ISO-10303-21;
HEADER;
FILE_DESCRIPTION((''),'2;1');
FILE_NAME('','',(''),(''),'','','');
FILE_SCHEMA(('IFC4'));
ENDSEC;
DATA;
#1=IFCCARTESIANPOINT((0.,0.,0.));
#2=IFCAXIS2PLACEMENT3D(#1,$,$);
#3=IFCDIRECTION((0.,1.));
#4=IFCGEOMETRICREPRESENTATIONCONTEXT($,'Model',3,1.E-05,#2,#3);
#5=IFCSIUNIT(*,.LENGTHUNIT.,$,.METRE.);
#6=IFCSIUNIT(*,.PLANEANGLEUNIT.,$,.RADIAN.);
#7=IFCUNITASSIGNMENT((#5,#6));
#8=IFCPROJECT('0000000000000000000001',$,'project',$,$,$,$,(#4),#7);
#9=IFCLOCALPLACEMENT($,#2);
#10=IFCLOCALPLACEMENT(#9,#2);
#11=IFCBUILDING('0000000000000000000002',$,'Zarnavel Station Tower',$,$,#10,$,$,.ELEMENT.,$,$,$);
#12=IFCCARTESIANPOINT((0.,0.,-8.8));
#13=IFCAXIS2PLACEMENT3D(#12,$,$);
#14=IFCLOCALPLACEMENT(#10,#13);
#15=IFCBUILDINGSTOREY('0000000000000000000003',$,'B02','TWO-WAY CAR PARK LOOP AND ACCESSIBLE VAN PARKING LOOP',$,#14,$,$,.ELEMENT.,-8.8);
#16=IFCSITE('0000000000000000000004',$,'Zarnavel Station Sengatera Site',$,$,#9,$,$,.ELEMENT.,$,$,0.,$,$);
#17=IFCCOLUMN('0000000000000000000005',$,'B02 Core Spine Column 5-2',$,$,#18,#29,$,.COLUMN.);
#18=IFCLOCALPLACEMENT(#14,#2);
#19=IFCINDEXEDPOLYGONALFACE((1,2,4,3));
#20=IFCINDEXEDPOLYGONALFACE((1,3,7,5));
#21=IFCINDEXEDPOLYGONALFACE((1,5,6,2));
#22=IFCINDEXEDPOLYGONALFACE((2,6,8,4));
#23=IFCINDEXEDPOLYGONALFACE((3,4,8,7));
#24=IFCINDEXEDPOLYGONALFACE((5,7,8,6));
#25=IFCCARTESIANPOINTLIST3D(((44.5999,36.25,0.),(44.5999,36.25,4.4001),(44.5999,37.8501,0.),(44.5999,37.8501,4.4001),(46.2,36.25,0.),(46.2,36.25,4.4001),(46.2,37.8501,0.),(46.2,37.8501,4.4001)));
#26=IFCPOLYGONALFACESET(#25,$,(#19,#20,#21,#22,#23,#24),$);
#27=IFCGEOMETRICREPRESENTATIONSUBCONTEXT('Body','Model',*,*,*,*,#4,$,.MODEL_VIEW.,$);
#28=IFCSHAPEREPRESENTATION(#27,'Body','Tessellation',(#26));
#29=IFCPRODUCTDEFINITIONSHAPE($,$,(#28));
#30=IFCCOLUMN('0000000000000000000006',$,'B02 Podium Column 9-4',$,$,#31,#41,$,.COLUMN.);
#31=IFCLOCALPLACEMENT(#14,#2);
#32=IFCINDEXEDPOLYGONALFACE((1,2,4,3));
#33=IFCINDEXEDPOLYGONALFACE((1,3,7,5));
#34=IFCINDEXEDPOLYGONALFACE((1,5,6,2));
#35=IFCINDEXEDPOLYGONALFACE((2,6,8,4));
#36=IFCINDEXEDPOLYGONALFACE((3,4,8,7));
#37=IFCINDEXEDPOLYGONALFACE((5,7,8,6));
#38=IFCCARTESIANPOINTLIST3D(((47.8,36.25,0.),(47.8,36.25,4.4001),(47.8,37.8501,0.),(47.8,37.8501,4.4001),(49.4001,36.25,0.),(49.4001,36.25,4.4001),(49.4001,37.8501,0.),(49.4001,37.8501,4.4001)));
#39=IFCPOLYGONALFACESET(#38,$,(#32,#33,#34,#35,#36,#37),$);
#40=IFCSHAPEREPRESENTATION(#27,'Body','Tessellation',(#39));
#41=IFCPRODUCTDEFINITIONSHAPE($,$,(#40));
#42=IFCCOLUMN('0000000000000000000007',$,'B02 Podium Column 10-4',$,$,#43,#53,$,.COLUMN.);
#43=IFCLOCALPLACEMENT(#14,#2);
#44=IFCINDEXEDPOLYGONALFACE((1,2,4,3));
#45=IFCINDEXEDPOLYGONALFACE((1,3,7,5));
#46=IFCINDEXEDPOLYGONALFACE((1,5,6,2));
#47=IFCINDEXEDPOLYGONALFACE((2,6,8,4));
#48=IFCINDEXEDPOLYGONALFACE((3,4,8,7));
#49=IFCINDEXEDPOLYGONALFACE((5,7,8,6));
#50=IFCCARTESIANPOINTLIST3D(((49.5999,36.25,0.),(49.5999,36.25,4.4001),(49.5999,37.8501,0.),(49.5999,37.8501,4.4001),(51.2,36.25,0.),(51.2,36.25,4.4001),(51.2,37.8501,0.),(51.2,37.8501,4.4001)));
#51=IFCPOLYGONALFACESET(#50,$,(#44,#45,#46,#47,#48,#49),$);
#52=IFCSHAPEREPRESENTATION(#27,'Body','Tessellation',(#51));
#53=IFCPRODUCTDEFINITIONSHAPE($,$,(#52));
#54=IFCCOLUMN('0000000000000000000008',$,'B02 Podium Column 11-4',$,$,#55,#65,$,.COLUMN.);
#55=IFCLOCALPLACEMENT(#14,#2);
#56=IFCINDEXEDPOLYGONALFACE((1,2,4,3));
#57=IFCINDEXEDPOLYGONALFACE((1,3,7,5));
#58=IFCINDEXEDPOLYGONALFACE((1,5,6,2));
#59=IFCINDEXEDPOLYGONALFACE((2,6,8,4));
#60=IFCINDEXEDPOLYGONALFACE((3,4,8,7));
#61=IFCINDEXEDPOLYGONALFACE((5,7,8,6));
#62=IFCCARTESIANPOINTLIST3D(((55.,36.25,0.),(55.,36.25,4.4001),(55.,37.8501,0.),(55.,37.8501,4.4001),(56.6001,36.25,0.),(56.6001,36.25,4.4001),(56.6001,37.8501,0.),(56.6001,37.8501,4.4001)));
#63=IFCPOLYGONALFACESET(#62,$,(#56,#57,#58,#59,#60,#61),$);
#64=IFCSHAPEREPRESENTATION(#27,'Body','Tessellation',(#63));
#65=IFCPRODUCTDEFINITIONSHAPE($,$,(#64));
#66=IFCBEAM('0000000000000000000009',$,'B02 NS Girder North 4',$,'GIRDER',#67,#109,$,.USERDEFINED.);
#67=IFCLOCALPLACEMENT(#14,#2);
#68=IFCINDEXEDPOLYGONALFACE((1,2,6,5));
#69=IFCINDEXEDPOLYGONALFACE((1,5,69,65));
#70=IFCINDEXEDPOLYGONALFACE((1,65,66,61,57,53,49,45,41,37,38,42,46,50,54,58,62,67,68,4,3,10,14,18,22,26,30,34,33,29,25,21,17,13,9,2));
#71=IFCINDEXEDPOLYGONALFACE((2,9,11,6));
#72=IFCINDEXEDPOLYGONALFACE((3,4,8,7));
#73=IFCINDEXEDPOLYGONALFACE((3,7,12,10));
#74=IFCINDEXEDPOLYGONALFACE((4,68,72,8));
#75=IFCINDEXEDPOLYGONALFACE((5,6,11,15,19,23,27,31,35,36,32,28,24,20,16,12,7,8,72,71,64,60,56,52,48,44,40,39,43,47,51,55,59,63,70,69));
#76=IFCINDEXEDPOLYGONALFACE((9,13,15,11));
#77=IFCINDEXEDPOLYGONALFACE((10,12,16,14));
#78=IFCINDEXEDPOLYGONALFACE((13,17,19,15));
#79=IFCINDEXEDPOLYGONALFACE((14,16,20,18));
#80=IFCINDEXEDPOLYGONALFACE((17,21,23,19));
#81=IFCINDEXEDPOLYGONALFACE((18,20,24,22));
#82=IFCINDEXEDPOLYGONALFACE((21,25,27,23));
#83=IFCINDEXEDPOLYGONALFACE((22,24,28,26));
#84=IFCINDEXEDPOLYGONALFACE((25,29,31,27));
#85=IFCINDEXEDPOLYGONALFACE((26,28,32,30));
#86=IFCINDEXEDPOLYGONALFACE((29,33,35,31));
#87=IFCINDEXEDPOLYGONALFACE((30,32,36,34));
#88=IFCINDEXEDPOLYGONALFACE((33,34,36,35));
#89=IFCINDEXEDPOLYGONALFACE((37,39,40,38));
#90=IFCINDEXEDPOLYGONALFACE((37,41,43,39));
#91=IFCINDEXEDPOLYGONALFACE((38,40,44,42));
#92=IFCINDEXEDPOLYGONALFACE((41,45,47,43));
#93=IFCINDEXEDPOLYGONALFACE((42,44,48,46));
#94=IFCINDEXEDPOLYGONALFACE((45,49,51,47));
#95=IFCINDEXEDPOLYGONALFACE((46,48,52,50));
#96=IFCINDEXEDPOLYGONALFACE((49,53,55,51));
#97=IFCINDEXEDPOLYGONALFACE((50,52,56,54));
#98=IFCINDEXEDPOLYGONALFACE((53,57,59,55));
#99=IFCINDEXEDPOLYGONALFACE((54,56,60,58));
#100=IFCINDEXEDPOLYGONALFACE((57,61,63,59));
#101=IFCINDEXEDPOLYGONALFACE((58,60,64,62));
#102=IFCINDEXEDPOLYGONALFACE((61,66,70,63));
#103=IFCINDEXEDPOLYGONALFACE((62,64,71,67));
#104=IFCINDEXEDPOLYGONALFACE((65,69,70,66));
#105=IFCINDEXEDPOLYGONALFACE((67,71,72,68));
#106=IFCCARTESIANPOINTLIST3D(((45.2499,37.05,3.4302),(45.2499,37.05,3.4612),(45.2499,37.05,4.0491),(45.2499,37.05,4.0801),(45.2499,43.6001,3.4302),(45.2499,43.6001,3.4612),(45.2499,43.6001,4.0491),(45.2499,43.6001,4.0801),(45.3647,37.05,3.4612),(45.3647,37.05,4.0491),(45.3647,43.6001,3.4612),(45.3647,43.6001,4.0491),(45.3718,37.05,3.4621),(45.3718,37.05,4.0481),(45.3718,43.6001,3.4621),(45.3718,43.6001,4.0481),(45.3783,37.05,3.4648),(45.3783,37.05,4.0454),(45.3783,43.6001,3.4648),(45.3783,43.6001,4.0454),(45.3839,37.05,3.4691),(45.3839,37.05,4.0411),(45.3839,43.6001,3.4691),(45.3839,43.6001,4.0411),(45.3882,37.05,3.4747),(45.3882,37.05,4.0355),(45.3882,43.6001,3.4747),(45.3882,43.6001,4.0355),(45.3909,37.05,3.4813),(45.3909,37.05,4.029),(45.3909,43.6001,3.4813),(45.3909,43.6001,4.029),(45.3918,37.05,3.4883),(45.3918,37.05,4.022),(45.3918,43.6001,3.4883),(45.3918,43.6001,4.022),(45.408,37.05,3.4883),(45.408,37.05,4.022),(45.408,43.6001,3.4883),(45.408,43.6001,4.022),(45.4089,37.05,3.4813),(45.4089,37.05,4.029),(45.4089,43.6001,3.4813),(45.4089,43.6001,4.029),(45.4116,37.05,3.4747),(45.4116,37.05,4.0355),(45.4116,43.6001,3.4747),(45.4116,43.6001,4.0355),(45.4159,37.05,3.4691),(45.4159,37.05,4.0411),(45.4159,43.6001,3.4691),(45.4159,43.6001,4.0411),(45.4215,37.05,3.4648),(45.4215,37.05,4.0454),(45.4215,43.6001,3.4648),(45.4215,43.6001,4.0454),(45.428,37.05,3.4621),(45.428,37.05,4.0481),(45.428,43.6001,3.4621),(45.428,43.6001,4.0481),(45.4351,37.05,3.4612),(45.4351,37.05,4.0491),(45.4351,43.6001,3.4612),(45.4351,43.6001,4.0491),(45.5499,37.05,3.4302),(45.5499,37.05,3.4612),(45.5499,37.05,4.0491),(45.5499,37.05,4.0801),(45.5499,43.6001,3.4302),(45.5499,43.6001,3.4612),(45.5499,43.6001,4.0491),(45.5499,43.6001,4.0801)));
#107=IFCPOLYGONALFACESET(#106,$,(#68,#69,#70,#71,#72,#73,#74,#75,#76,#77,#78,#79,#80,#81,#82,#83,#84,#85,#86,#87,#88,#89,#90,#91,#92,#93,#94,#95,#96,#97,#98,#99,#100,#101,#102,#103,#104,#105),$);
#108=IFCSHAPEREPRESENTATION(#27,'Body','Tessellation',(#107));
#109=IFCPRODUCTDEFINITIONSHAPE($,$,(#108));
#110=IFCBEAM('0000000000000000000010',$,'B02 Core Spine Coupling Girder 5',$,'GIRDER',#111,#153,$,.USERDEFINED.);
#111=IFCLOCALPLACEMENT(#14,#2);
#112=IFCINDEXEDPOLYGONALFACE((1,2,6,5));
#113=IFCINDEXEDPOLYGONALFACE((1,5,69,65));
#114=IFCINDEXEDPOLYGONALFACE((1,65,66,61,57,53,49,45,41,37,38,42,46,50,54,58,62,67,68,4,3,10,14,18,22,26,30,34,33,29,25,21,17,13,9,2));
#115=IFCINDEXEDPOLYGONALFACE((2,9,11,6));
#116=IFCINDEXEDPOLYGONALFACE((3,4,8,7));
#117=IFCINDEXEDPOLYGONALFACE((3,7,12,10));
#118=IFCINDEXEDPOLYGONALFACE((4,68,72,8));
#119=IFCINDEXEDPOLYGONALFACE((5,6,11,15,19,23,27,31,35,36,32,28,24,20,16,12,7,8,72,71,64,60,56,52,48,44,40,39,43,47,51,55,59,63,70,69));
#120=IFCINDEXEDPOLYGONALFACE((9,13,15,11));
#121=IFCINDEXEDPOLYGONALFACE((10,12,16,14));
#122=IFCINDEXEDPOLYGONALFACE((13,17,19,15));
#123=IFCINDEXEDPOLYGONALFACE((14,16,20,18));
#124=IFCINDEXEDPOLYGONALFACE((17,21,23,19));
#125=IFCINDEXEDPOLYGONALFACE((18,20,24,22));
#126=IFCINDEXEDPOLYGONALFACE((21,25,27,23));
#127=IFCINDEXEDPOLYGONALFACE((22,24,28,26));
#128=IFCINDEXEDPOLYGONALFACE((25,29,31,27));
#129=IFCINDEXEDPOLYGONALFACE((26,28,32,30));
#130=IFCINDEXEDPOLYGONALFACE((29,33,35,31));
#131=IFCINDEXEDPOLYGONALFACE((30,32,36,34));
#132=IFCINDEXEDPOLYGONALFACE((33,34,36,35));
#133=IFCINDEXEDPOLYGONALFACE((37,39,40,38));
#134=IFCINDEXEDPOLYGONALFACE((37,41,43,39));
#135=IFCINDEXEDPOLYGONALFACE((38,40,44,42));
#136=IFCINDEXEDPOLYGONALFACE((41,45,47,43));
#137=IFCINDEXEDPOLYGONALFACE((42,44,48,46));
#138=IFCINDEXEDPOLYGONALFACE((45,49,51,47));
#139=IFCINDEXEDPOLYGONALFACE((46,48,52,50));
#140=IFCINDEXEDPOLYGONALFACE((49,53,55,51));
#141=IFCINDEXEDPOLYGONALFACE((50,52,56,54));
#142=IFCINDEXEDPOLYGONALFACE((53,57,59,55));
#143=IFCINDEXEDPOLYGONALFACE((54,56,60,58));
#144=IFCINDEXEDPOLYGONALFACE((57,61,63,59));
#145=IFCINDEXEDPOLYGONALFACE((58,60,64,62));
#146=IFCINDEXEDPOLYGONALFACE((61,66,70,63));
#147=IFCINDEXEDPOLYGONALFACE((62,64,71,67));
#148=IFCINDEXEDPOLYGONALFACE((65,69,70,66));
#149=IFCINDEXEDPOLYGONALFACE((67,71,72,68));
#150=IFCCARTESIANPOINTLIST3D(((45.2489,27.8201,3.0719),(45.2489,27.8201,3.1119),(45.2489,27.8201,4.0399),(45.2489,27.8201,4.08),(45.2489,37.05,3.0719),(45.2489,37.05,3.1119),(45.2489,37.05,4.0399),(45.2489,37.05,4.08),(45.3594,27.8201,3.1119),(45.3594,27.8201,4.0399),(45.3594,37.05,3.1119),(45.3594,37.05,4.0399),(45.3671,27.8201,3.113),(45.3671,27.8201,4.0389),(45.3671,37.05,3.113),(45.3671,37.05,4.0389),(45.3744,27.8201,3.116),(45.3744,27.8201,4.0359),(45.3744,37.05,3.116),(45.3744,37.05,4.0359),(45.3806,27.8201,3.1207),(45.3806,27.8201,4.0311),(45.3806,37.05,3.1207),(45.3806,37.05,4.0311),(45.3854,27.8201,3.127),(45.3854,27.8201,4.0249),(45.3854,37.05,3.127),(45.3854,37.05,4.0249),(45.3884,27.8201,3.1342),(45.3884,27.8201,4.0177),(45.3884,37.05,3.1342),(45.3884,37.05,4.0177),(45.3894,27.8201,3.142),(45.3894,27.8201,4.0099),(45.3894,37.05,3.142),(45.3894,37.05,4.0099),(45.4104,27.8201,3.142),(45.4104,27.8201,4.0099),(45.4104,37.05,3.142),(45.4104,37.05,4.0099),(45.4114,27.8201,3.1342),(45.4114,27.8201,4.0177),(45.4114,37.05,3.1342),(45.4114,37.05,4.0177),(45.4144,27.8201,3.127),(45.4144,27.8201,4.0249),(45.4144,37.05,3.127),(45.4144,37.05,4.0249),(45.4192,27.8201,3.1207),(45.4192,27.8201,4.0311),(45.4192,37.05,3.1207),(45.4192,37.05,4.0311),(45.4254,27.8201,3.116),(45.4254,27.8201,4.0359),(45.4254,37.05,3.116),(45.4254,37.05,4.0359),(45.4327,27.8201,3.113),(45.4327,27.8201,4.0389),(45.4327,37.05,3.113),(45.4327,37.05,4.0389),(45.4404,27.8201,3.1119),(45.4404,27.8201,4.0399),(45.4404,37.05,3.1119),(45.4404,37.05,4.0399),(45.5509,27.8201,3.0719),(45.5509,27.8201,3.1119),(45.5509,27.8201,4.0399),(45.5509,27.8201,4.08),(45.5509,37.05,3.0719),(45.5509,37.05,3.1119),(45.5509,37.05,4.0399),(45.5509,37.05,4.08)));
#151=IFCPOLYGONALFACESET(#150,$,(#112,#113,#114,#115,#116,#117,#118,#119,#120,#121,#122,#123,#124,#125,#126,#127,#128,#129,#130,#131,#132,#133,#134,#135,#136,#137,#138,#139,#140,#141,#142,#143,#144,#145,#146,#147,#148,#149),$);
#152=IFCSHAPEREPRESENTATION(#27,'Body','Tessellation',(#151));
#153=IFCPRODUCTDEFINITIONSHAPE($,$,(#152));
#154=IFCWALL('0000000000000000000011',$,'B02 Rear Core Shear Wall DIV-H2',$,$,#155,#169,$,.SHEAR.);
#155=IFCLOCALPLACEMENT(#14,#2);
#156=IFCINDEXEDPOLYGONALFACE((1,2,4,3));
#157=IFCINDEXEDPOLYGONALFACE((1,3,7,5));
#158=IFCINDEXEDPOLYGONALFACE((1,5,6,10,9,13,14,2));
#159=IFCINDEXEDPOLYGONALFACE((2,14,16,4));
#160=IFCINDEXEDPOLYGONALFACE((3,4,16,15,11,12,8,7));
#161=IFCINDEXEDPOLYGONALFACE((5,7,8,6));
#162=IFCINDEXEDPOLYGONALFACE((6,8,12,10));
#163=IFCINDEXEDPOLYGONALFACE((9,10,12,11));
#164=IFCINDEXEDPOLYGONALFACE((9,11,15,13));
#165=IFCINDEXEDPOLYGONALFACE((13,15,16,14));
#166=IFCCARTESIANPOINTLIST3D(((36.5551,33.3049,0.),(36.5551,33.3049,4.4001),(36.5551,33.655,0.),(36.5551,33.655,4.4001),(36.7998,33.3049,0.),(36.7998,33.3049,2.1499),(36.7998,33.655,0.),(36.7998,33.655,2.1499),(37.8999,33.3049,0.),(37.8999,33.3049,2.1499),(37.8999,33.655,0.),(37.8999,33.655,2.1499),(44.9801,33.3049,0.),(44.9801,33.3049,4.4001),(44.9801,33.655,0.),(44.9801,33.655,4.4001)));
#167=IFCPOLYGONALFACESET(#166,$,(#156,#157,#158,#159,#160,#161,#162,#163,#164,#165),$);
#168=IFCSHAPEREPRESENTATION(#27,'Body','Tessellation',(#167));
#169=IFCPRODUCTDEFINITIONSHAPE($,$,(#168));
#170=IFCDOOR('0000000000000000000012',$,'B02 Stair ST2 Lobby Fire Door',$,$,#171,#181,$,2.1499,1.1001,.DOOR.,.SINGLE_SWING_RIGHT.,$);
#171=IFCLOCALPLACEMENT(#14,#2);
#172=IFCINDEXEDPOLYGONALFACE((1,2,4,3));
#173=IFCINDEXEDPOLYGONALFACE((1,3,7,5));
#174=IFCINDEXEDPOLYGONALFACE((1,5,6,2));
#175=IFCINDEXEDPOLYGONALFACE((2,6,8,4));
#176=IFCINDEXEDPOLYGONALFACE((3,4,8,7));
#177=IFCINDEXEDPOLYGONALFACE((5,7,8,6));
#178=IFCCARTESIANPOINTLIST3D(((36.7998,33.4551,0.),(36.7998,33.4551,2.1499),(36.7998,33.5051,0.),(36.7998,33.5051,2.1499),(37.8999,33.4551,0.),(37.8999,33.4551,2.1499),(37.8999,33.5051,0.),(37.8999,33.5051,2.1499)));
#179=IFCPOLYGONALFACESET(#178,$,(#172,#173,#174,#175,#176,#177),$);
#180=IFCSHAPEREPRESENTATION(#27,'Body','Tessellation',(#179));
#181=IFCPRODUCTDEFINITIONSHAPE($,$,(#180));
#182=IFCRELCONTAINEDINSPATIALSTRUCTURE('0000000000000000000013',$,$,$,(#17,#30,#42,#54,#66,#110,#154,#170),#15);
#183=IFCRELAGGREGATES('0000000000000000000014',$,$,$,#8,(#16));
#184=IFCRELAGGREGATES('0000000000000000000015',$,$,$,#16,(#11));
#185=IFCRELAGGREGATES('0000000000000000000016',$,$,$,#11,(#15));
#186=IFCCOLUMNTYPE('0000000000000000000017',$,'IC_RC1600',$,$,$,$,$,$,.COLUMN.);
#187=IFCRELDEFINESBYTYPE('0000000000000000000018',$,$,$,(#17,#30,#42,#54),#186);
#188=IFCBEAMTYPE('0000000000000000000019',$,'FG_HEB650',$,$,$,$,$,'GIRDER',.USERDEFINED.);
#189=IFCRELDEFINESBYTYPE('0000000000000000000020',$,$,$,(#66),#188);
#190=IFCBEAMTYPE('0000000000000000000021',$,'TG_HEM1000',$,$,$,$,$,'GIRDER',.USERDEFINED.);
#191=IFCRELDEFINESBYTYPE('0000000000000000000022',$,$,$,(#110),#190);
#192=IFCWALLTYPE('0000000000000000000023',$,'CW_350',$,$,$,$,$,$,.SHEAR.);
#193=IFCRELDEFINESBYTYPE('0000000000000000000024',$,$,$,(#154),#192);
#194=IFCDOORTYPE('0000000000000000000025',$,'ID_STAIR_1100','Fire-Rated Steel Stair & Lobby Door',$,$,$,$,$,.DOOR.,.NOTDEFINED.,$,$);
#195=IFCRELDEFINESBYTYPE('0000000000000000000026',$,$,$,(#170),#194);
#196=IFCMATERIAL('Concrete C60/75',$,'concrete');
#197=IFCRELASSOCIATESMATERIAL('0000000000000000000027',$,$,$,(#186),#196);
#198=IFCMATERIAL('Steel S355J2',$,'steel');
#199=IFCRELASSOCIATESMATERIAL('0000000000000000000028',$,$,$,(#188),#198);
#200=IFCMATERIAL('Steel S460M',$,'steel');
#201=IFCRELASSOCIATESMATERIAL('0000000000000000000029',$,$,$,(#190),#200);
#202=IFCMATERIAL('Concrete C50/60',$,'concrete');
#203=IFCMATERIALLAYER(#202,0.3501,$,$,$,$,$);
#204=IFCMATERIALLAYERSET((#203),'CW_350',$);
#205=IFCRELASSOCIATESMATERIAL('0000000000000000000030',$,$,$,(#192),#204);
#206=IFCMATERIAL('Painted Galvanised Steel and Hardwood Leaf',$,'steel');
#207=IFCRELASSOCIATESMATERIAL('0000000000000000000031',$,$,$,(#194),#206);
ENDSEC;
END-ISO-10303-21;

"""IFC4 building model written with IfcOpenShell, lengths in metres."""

from ifc_helpers import new_model, si_unit, direction, frame, frame_2d, origin, origin_2d, place, context, subcontext, project, spatial, rectangle, i_section, extrude, material, layer, layer_set, material_profile, profile_set, type_object, element, fill, save


model = new_model("IFC4")

# Units and contexts
model_context = context("Model", 3, precision=1e-05, world=origin(), true_north=direction((0.0, 1.0)))
body_context = subcontext(model_context, "Body", "Model", "MODEL_VIEW")
ifc_project = project(units=[si_unit("LENGTHUNIT", "METRE"), si_unit("PLANEANGLEUNIT", "RADIAN")], contexts=[model_context])

# Site, building, storey
site_placement = place(None, origin())
site = spatial("IfcSite", under=ifc_project, at=site_placement, Name="Zarnavel Station Sengatera Site", CompositionType="ELEMENT", RefElevation=0.0)
building_placement = place(site_placement, origin())
building = spatial("IfcBuilding", under=site, at=building_placement, Name="Zarnavel Station Tower", CompositionType="ELEMENT")
storey_placement = place(building_placement, frame((0.0, 0.0, -8.8)))
storey = spatial("IfcBuildingStorey", under=building, at=storey_placement, Name="B02", Description="TWO-WAY CAR PARK LOOP AND ACCESSIBLE VAN PARKING LOOP", CompositionType="ELEMENT", Elevation=-8.8)

# Columns
ifc_material_1 = material(Name="Concrete C60/75", Category="concrete")
ifc_material_profile_1 = material_profile(ifc_material_1, rectangle(XDim=1.6001, YDim=1.6001, at=origin_2d()), Name="RC1600x1600")
ifc_profile_set_1 = profile_set([ifc_material_profile_1], Name="Concrete C60/75")
column_type = type_object("IfcColumnType", Name="IC_RC1600", PredefinedType="COLUMN", material=ifc_profile_set_1)
for number, where, z_axis, x_axis, name in (
    (1, (45.3999, 37.05, 0.0), (0.0, 0.0, 1.0), (1.0, 0.0, 0.0), "B02 Core Spine Column 5-2"),
    (2, (48.6001, 37.05, 0.0), (0.0, 0.0, 1.0), (1.0, 0.0, 0.0), "B02 Podium Column 9-4"),
    (3, (50.3999, 37.05, 0.0), (0.0, 0.0, 1.0), (1.0, 0.0, 0.0), "B02 Podium Column 10-4"),
    (4, (55.8, 37.05, 0.0), (0.0, 0.0, 1.0), (1.0, 0.0, 0.0), "B02 Podium Column 11-4"),
):
    element("IfcColumn", number, at=place(storey_placement, frame(where, z_axis=z_axis, x_axis=x_axis)), inside=storey, type_object=column_type, Name=name, PredefinedType="COLUMN", context=body_context, shape_type="SweptSolid", body=[
        extrude(rectangle(XDim=1.6001, YDim=1.6001, at=origin_2d()), origin(), (0.0, 0.0, 1.0), 4.4001),
    ])

# Beams
ifc_material_2 = material(Name="Steel S355J2", Category="steel")
ifc_material_profile_2 = material_profile(ifc_material_2, i_section(OverallWidth=0.3, OverallDepth=0.6499, WebThickness=0.0161, FlangeThickness=0.031, FilletRadius=0.0271, at=origin_2d()), Name="HEB650")
ifc_profile_set_2 = profile_set([ifc_material_profile_2], Name="Steel S355J2")
beam_type_1 = type_object("IfcBeamType", Name="FG_HEB650", ElementType="GIRDER", PredefinedType="USERDEFINED", material=ifc_profile_set_2)
beam_1_placement = place(storey_placement, frame((45.3999, 37.05, 3.7551), z_axis=(0.0, 1.0, 0.0), x_axis=(-1.0, 0.0, 0.0)))
element("IfcBeam", 5, at=beam_1_placement, inside=storey, type_object=beam_type_1, Name="B02 NS Girder North 4", ObjectType="GIRDER", PredefinedType="USERDEFINED", context=body_context, shape_type="SweptSolid", body=[
    extrude(i_section(OverallWidth=0.3, OverallDepth=0.6499, WebThickness=0.0161, FlangeThickness=0.031, FilletRadius=0.0271, at=origin_2d()), origin(), (0.0, 0.0, 1.0), 6.55),
])
ifc_material_3 = material(Name="Steel S460M", Category="steel")
ifc_material_profile_3 = material_profile(ifc_material_3, i_section(OverallWidth=0.302, OverallDepth=1.0081, WebThickness=0.021, FlangeThickness=0.04, FilletRadius=0.03, at=origin_2d()), Name="HEM1000")
ifc_profile_set_3 = profile_set([ifc_material_profile_3], Name="Steel S460M")
beam_type_2 = type_object("IfcBeamType", Name="TG_HEM1000", ElementType="GIRDER", PredefinedType="USERDEFINED", material=ifc_profile_set_3)
beam_2_placement = place(storey_placement, frame((45.3999, 27.8201, 3.5759), z_axis=(0.0, 1.0, 0.0), x_axis=(-1.0, 0.0, 0.0)))
element("IfcBeam", 6, at=beam_2_placement, inside=storey, type_object=beam_type_2, Name="B02 Core Spine Coupling Girder 5", ObjectType="GIRDER", PredefinedType="USERDEFINED", context=body_context, shape_type="SweptSolid", body=[
    extrude(i_section(OverallWidth=0.302, OverallDepth=1.0081, WebThickness=0.021, FlangeThickness=0.04, FilletRadius=0.03, at=origin_2d()), origin(), (0.0, 0.0, 1.0), 9.23),
])

# Wall, opening, door
ifc_material_4 = material(Name="Concrete C50/60", Category="concrete")
ifc_layer_1 = layer(ifc_material_4, 0.3501)
ifc_layer_set_1 = layer_set([ifc_layer_1], Name="CW_350")
wall_type_1 = type_object("IfcWallType", Name="CW_350", PredefinedType="SHEAR", material=ifc_layer_set_1)
wall_1_placement = place(storey_placement, frame((44.98, 33.48, 0.0), z_axis=(0.0, 0.0, 1.0), x_axis=(-1.0, 0.0, 0.0)))
wall_1 = element("IfcWall", 7, at=wall_1_placement, inside=storey, type_object=wall_type_1, Name="B02 Rear Core Shear Wall DIV-H2", PredefinedType="SHEAR", context=body_context, shape_type="SweptSolid", body=[
    extrude(rectangle(XDim=8.425, YDim=0.3501, at=frame_2d((4.2124, 0.0))), origin(), (0.0, 0.0, 1.0), 4.4001),
])
opening_1_placement = place(wall_1_placement, frame((7.0801, 0.0, 0.0)))
opening_1 = element("IfcOpeningElement", 8, at=opening_1_placement, cuts=wall_1, PredefinedType="OPENING", context=body_context, shape_type="SweptSolid", body=[
    extrude(rectangle(XDim=1.1001, YDim=2.1499, at=frame_2d((0.55, 1.075))), frame((0.0, 0.1851, 0.0), z_axis=(0.0, -1.0, 0.0), x_axis=(1.0, 0.0, 0.0)), (0.0, 0.0, 1.0), 0.3701),
])
ifc_material_5 = material(Name="Painted Galvanised Steel and Hardwood Leaf", Category="steel")
door_type_1 = type_object("IfcDoorType", Name="ID_STAIR_1100", Description="Fire-Rated Steel Stair & Lobby Door", OperationType="NOTDEFINED", PredefinedType="DOOR", material=ifc_material_5)
door_1_placement = place(opening_1_placement, origin())
door_1 = element("IfcDoor", 9, at=door_1_placement, inside=storey, type_object=door_type_1, Name="B02 Stair ST2 Lobby Fire Door", OperationType="SINGLE_SWING_RIGHT", OverallHeight=2.1499, OverallWidth=1.1001, PredefinedType="DOOR", context=body_context, shape_type="SweptSolid", body=[
    extrude(rectangle(XDim=1.1001, YDim=2.1499, at=frame_2d((0.55, 1.075))), frame((0.0, 0.0249, 0.0), z_axis=(0.0, -1.0, 0.0), x_axis=(1.0, 0.0, 0.0)), (0.0, 0.0, 1.0), 0.05),
])
fill(opening_1, door_1)

save(model, "model.ifc")
